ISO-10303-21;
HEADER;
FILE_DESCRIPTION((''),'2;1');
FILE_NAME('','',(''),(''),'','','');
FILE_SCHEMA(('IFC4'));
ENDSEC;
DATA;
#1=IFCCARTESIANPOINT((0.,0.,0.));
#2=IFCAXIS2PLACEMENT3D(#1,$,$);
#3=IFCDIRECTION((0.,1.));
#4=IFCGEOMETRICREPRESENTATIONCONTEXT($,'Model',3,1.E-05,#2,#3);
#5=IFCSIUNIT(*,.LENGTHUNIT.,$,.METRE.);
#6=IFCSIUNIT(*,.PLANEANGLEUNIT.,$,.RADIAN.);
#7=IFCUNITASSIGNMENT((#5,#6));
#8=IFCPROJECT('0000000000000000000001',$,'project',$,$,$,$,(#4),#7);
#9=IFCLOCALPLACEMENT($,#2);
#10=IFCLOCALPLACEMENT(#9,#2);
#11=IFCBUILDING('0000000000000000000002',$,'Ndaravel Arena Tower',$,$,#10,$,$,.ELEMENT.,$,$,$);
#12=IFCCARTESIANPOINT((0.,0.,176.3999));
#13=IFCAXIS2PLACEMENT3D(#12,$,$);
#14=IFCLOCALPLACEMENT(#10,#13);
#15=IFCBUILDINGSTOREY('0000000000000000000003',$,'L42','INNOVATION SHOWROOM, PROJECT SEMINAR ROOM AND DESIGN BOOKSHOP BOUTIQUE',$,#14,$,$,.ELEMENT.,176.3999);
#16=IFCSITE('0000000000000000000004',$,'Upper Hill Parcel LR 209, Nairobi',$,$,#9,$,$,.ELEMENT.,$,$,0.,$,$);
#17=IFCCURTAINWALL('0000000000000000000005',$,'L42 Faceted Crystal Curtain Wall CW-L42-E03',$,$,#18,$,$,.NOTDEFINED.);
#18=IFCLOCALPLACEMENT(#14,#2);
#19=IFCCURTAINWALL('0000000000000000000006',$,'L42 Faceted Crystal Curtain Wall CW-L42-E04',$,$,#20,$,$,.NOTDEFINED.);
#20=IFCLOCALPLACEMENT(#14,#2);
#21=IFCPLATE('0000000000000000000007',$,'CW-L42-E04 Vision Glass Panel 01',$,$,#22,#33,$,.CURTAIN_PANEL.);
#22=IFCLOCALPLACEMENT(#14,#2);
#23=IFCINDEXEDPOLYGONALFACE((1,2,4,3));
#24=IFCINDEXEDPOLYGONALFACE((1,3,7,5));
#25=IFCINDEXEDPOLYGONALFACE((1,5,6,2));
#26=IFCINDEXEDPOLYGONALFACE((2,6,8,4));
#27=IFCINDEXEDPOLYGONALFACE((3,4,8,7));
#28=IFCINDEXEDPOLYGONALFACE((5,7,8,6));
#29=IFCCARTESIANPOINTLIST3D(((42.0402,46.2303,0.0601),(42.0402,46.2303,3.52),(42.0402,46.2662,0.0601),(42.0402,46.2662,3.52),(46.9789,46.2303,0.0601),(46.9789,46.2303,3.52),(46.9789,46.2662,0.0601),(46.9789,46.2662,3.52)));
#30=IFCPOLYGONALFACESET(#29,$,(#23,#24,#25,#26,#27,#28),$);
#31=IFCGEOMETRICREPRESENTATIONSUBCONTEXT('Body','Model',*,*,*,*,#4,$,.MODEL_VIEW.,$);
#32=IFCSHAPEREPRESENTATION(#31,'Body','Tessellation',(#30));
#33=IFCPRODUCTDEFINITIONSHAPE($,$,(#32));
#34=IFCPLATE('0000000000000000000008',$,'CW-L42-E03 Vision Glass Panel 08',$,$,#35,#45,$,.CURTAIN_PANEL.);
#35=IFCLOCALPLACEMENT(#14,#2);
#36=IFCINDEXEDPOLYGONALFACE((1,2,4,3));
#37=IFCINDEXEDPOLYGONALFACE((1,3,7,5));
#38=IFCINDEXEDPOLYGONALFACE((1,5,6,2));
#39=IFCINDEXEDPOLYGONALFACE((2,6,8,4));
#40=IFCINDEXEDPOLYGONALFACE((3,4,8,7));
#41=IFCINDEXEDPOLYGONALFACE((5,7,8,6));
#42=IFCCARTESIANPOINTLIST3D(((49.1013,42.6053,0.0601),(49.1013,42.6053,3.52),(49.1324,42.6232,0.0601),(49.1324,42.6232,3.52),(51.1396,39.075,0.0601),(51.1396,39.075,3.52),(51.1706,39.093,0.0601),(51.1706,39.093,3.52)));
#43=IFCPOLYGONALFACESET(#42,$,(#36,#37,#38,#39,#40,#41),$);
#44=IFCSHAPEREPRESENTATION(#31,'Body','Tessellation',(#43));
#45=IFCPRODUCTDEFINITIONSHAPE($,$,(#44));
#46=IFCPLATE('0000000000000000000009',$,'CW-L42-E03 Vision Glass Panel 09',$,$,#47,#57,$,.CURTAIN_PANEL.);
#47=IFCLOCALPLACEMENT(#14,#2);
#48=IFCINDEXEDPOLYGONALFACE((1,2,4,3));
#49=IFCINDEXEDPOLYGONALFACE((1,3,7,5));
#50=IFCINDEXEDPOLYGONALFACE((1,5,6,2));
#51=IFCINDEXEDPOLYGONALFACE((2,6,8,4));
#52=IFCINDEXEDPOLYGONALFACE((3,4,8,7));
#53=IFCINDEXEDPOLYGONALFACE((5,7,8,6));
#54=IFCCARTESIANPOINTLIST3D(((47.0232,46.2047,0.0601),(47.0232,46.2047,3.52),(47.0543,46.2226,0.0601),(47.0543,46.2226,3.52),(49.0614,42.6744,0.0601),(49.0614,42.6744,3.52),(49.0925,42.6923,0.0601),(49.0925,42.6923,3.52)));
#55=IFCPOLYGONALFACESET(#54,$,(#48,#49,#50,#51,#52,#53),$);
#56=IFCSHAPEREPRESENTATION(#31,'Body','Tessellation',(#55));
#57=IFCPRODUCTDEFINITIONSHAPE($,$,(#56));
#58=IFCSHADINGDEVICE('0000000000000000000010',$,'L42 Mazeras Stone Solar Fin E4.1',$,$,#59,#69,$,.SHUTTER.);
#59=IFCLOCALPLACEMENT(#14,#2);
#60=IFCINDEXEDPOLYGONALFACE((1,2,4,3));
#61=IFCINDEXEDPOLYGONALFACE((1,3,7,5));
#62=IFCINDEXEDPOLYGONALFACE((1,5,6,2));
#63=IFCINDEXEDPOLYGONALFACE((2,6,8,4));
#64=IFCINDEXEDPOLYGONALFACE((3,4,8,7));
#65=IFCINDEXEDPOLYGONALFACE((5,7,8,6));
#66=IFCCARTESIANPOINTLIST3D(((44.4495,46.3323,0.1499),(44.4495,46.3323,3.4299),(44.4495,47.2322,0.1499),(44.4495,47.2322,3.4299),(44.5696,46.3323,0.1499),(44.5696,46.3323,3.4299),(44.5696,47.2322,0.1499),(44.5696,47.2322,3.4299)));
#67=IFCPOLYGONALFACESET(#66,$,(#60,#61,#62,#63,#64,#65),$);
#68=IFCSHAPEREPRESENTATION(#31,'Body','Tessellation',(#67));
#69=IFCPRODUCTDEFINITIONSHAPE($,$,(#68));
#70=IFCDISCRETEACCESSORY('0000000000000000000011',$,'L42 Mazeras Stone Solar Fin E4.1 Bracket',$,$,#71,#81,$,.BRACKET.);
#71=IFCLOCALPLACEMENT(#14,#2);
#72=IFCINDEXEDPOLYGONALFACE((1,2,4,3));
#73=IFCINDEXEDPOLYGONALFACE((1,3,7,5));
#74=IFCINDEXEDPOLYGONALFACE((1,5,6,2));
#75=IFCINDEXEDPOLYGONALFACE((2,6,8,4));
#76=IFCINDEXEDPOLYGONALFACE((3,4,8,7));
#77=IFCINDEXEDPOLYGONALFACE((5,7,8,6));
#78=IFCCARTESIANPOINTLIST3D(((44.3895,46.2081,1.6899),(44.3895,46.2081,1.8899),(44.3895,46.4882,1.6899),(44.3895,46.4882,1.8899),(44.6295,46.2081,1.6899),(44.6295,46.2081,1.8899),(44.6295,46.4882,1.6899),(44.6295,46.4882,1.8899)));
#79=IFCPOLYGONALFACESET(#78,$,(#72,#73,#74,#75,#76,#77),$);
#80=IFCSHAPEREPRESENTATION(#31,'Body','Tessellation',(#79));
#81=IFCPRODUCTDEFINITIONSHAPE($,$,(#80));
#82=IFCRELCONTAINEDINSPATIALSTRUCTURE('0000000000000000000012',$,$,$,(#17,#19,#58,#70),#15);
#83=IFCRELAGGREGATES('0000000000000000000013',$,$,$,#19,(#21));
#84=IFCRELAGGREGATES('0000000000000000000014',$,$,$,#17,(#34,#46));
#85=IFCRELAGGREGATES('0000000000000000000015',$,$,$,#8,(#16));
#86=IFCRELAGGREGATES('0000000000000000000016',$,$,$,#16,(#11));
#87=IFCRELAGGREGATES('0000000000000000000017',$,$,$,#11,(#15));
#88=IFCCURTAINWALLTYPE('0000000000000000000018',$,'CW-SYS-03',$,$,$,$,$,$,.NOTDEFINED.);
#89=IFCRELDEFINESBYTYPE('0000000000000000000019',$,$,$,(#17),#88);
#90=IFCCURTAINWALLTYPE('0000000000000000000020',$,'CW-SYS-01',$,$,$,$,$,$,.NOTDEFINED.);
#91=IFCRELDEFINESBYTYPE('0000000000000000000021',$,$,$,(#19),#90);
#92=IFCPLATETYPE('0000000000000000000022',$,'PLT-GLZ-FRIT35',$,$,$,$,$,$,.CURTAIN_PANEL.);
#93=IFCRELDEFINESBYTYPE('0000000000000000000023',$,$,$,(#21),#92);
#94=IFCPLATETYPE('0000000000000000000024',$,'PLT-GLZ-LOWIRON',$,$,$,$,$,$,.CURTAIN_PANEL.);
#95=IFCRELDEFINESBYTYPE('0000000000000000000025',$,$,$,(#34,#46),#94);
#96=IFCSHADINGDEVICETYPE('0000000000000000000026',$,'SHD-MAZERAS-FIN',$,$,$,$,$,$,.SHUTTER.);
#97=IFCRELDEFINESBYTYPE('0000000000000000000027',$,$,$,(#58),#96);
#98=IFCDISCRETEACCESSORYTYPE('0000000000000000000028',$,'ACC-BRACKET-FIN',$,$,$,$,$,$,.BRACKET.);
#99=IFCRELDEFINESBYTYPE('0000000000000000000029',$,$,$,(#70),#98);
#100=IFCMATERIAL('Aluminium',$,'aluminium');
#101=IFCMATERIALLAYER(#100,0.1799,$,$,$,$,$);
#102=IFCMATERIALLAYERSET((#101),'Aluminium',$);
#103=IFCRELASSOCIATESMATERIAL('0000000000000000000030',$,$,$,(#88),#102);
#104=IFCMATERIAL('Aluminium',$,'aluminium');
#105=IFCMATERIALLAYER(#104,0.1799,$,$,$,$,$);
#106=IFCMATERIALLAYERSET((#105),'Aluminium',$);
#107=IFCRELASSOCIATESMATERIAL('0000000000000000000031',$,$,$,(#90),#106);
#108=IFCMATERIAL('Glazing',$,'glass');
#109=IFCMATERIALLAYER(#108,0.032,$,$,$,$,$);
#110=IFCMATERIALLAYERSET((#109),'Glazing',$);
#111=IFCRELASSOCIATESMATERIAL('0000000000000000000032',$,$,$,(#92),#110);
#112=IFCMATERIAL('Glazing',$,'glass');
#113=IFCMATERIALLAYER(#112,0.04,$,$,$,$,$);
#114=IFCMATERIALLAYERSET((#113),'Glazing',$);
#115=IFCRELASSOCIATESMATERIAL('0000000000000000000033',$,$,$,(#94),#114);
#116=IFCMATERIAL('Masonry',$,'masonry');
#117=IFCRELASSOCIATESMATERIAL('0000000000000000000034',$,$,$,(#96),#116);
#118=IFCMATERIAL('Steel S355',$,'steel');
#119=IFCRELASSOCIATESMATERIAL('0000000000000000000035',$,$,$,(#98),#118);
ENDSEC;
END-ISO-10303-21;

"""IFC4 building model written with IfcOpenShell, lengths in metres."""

from ifc_helpers import new_model, si_unit, direction, frame, origin, origin_2d, place, context, subcontext, project, spatial, rectangle, extrude, material, layer, layer_set, type_object, element, aggregate, save


model = new_model("IFC4")

# Units and contexts
model_context = context("Model", 3, precision=1e-05, world=origin(), true_north=direction((0.0, 1.0)))
body_context = subcontext(model_context, "Body", "Model", "MODEL_VIEW")
ifc_project = project(units=[si_unit("LENGTHUNIT", "METRE"), si_unit("PLANEANGLEUNIT", "RADIAN")], contexts=[model_context])

# Site, building, storey
site_placement = place(None, origin())
site = spatial("IfcSite", under=ifc_project, at=site_placement, Name="Upper Hill Parcel LR 209, Nairobi", CompositionType="ELEMENT", RefElevation=0.0)
building_placement = place(site_placement, origin())
building = spatial("IfcBuilding", under=site, at=building_placement, Name="Ndaravel Arena Tower", CompositionType="ELEMENT")
storey_placement = place(building_placement, frame((0.0, 0.0, 176.3999)))
storey = spatial("IfcBuildingStorey", under=building, at=storey_placement, Name="L42", Description="INNOVATION SHOWROOM, PROJECT SEMINAR ROOM AND DESIGN BOOKSHOP BOUTIQUE", CompositionType="ELEMENT", Elevation=176.3999)

# Curtain wall
ifc_material_1 = material(Name="Aluminium", Category="aluminium")
ifc_layer_1 = layer(ifc_material_1, 0.1799)
ifc_layer_set_1 = layer_set([ifc_layer_1], Name="Aluminium")
curtain_wall_type_1 = type_object("IfcCurtainWallType", Name="CW-SYS-03", PredefinedType="NOTDEFINED", material=ifc_layer_set_1)
curtain_wall_1_placement = place(storey_placement, origin())
curtain_wall_1 = element("IfcCurtainWall", 1, at=curtain_wall_1_placement, inside=storey, type_object=curtain_wall_type_1, Name="L42 Faceted Crystal Curtain Wall CW-L42-E03", PredefinedType="NOTDEFINED")

# Curtain wall, plate
ifc_material_2 = material(Name="Aluminium", Category="aluminium")
ifc_layer_2 = layer(ifc_material_2, 0.1799)
ifc_layer_set_2 = layer_set([ifc_layer_2], Name="Aluminium")
curtain_wall_type_2 = type_object("IfcCurtainWallType", Name="CW-SYS-01", PredefinedType="NOTDEFINED", material=ifc_layer_set_2)
curtain_wall_2_placement = place(storey_placement, origin())
curtain_wall_2 = element("IfcCurtainWall", 2, at=curtain_wall_2_placement, inside=storey, type_object=curtain_wall_type_2, Name="L42 Faceted Crystal Curtain Wall CW-L42-E04", PredefinedType="NOTDEFINED")
ifc_material_3 = material(Name="Glazing", Category="glass")
ifc_layer_3 = layer(ifc_material_3, 0.032)
ifc_layer_set_3 = layer_set([ifc_layer_3], Name="Glazing")
plate_type_1 = type_object("IfcPlateType", Name="PLT-GLZ-FRIT35", PredefinedType="CURTAIN_PANEL", material=ifc_layer_set_3)
plate_1_placement = place(storey_placement, frame((44.5095, 46.2483, 0.0601), z_axis=(0.0, 0.0, 1.0), x_axis=(-1.0, 0.0, 0.0)))
plate_1 = element("IfcPlate", 3, at=plate_1_placement, type_object=plate_type_1, Name="CW-L42-E04 Vision Glass Panel 01", PredefinedType="CURTAIN_PANEL", context=body_context, shape_type="SweptSolid", body=[
    extrude(rectangle(XDim=4.9387, YDim=0.0359, at=origin_2d()), origin(), (0.0, 0.0, 1.0), 3.46),
])
aggregate(curtain_wall_2, [plate_1])

# Plates
ifc_material_4 = material(Name="Glazing", Category="glass")
ifc_layer_4 = layer(ifc_material_4, 0.04)
ifc_layer_set_4 = layer_set([ifc_layer_4], Name="Glazing")
plate_type_2 = type_object("IfcPlateType", Name="PLT-GLZ-LOWIRON", PredefinedType="CURTAIN_PANEL", material=ifc_layer_set_4)
plate_2_placement = place(storey_placement, frame((50.136, 40.8491, 0.0601), z_axis=(0.0, 0.0, 1.0), x_axis=(-0.5, 0.866025, 0.0)))
plate_2 = element("IfcPlate", 4, at=plate_2_placement, type_object=plate_type_2, Name="CW-L42-E03 Vision Glass Panel 08", PredefinedType="CURTAIN_PANEL", context=body_context, shape_type="SweptSolid", body=[
    extrude(rectangle(XDim=4.0764, YDim=0.0359, at=origin_2d()), origin(), (0.0, 0.0, 1.0), 3.46),
])
plate_3_placement = place(storey_placement, frame((48.0579, 44.4485, 0.0601), z_axis=(0.0, 0.0, 1.0), x_axis=(-0.5, 0.866025, 0.0)))
plate_3 = element("IfcPlate", 5, at=plate_3_placement, type_object=plate_type_2, Name="CW-L42-E03 Vision Glass Panel 09", PredefinedType="CURTAIN_PANEL", context=body_context, shape_type="SweptSolid", body=[
    extrude(rectangle(XDim=4.0764, YDim=0.0359, at=origin_2d()), origin(), (0.0, 0.0, 1.0), 3.46),
])
aggregate(curtain_wall_1, [plate_2, plate_3])

# Shading device
ifc_material_5 = material(Name="Masonry", Category="masonry")
shading_device_type = type_object("IfcShadingDeviceType", Name="SHD-MAZERAS-FIN", PredefinedType="SHUTTER", material=ifc_material_5)
shading_device_placement = place(storey_placement, frame((44.5095, 46.7822, 0.1499), z_axis=(0.0, 0.0, 1.0), x_axis=(0.0, 1.0, 0.0)))
element("IfcShadingDevice", 6, at=shading_device_placement, inside=storey, type_object=shading_device_type, Name="L42 Mazeras Stone Solar Fin E4.1", PredefinedType="SHUTTER", context=body_context, shape_type="SweptSolid", body=[
    extrude(rectangle(XDim=0.8999, YDim=0.1201, at=origin_2d()), origin(), (0.0, 0.0, 1.0), 3.28),
])

# Discrete accessory
ifc_material_6 = material(Name="Steel S355", Category="steel")
discrete_accessory_type = type_object("IfcDiscreteAccessoryType", Name="ACC-BRACKET-FIN", PredefinedType="BRACKET", material=ifc_material_6)
discrete_accessory_placement = place(storey_placement, frame((44.5095, 46.3481, 1.6899), z_axis=(0.0, 0.0, 1.0), x_axis=(0.0, 1.0, 0.0)))
element("IfcDiscreteAccessory", 7, at=discrete_accessory_placement, inside=storey, type_object=discrete_accessory_type, Name="L42 Mazeras Stone Solar Fin E4.1 Bracket", PredefinedType="BRACKET", context=body_context, shape_type="SweptSolid", body=[
    extrude(rectangle(XDim=0.28, YDim=0.24, at=origin_2d()), origin(), (0.0, 0.0, 1.0), 0.2),
])

save(model, "model.ifc")
